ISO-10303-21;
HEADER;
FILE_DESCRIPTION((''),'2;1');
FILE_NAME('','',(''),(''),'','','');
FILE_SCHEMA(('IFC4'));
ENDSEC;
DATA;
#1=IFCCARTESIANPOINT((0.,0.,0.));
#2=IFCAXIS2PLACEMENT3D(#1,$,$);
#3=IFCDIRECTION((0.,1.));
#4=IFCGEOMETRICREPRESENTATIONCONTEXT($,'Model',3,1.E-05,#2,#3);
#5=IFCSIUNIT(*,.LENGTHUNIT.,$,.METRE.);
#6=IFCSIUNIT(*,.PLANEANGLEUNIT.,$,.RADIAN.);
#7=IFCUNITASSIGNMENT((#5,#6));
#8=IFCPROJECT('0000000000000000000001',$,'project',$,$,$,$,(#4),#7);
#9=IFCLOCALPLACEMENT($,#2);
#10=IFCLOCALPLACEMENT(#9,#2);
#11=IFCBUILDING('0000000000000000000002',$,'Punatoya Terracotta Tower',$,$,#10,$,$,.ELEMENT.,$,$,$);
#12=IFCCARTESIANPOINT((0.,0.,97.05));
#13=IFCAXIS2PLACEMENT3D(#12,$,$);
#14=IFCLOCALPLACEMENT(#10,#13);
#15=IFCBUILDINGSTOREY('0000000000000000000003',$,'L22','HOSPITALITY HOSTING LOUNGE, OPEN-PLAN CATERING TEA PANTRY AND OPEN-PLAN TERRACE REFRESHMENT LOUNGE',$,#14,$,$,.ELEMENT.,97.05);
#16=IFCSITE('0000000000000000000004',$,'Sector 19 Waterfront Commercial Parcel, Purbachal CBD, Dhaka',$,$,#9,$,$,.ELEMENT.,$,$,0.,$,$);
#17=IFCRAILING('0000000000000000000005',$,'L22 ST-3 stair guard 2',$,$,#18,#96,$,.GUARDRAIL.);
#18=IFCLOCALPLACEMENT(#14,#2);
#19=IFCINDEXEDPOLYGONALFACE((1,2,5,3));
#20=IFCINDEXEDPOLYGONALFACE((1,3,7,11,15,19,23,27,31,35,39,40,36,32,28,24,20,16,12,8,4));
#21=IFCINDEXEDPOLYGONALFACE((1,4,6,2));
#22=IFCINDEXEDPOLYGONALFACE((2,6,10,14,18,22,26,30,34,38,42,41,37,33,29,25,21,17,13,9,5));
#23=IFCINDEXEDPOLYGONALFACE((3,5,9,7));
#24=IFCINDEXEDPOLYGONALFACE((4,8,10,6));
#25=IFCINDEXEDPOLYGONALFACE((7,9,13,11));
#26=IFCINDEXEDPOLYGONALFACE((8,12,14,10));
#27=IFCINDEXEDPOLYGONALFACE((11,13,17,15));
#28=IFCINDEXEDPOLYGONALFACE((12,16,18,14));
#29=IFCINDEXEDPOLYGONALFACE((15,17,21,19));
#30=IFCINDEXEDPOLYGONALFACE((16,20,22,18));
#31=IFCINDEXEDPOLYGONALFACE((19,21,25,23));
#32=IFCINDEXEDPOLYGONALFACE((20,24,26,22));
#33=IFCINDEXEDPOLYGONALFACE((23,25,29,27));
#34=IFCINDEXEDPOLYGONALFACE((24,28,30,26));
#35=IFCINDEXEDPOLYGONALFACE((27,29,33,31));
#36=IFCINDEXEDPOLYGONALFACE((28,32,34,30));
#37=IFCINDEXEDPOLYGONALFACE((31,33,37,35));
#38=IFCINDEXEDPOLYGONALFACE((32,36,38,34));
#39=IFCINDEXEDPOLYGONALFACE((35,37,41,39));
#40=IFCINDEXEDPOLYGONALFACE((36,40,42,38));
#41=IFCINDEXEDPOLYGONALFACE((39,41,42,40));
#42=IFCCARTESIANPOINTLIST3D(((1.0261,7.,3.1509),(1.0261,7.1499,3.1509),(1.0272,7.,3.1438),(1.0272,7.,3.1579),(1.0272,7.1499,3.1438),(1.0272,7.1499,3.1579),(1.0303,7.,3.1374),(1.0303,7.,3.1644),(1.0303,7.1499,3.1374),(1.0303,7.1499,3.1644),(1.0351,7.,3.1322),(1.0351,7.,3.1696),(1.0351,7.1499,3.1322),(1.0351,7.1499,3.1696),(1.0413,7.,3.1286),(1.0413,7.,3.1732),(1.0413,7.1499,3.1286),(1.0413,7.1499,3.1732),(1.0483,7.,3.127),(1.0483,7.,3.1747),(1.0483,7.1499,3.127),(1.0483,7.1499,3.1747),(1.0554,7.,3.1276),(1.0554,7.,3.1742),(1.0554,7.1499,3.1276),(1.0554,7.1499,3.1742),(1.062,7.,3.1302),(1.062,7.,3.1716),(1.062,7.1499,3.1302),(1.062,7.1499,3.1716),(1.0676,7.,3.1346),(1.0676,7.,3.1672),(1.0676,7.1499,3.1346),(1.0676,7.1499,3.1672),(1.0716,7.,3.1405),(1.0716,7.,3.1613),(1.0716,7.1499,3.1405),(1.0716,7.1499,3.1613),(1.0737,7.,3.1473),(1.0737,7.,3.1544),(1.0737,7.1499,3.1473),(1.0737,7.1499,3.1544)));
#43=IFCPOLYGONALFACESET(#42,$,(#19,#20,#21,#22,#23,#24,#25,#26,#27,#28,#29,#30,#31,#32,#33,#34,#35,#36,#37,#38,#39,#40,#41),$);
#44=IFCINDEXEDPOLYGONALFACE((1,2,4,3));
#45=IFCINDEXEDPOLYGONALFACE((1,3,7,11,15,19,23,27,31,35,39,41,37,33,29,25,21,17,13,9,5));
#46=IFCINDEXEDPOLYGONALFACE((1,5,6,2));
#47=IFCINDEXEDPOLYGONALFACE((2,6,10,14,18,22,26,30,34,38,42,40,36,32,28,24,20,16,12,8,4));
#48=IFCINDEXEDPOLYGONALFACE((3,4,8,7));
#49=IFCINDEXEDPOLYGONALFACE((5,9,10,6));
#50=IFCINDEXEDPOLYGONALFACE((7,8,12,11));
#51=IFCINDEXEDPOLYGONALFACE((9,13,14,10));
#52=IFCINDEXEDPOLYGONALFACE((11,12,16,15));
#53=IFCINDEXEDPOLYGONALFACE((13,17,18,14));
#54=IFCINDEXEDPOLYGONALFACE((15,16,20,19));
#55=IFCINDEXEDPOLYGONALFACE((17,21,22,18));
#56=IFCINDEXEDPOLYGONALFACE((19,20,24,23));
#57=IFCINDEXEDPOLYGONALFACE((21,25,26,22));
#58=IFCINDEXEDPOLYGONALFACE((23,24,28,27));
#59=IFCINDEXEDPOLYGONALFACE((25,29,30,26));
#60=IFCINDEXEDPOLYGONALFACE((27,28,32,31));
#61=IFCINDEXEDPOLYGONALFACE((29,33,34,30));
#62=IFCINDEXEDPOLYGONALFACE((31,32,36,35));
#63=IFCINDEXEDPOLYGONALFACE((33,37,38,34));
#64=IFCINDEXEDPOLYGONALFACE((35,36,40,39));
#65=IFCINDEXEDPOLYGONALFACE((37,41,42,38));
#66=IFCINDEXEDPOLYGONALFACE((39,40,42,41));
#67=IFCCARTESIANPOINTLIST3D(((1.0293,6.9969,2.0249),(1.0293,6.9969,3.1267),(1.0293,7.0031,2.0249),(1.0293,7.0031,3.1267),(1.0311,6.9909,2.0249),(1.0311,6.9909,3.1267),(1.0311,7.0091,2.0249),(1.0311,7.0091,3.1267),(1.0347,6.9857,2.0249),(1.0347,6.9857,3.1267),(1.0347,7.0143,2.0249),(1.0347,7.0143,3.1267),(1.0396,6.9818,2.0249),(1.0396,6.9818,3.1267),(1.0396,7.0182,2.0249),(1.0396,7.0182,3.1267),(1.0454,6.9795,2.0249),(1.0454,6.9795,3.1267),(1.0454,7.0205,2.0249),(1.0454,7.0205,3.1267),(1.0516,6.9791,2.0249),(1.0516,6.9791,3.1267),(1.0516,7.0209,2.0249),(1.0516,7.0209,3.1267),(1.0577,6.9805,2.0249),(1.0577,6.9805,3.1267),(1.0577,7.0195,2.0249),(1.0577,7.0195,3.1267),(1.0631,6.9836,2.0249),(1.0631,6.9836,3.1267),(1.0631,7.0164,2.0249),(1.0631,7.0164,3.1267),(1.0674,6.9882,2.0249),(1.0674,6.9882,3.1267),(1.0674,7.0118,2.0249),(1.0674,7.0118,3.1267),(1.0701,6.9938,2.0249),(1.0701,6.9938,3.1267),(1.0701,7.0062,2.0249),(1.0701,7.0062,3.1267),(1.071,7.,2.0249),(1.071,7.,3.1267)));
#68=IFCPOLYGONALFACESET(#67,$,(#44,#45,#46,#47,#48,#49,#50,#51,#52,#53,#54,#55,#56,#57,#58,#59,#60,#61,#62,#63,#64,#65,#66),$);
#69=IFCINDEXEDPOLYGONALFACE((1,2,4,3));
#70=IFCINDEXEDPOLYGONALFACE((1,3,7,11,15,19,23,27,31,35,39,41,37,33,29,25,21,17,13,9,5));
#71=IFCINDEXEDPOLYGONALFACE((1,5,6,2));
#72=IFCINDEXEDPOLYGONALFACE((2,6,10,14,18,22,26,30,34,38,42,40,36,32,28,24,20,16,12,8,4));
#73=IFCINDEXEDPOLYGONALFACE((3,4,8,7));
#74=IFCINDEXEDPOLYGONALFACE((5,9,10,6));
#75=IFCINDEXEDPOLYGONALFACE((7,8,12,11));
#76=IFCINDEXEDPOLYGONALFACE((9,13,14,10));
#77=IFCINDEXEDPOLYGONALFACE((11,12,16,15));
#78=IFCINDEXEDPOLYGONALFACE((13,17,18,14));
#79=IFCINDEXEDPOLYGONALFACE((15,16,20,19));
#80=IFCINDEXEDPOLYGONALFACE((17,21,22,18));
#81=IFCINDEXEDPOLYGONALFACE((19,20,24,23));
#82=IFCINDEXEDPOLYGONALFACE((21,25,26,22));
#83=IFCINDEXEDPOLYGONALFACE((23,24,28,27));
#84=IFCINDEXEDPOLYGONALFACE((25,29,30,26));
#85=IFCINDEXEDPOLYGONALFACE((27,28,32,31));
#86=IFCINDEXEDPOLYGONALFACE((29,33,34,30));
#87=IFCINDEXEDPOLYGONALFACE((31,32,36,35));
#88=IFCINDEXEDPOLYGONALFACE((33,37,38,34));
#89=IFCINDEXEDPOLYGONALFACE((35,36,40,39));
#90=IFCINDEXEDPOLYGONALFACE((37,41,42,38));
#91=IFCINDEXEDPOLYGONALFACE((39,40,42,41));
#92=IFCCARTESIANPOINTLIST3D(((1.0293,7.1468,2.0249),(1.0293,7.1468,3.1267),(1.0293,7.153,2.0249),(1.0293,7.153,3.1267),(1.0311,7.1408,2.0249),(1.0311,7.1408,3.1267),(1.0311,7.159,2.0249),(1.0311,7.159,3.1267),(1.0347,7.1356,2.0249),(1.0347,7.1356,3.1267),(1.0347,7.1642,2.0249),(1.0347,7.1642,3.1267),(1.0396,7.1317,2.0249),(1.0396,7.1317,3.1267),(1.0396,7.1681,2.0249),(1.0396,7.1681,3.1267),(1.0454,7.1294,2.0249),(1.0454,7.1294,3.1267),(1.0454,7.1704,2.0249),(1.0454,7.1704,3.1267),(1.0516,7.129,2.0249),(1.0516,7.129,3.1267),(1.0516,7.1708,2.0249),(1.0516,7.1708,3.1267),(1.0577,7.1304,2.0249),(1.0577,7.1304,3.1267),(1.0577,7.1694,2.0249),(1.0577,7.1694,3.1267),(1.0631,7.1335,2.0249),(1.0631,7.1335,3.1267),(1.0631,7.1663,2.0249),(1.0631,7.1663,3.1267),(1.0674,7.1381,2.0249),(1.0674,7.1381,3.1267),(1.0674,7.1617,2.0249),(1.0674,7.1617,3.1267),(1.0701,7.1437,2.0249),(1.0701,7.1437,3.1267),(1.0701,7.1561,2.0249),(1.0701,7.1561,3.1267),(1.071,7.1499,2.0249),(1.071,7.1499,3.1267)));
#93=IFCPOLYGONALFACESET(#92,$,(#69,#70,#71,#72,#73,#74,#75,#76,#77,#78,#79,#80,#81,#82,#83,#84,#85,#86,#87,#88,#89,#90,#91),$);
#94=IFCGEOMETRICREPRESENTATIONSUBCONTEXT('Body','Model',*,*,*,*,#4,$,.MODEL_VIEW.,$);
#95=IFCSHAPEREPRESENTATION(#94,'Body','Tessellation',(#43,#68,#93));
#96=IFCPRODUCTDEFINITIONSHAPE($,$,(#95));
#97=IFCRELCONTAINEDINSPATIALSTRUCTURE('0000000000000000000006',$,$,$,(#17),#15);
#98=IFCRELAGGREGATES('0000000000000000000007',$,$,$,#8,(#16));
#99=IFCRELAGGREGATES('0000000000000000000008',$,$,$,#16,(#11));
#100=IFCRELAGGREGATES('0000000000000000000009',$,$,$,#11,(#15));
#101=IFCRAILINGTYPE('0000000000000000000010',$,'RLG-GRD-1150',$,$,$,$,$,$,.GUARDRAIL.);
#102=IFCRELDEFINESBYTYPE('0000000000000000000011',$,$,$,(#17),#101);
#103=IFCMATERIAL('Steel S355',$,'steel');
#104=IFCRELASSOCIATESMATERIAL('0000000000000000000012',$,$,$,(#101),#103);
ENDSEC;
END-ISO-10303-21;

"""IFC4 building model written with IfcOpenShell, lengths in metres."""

from ifc_helpers import new_model, si_unit, direction, frame, origin, origin_2d, place, context, subcontext, project, spatial, circle, extrude, material, type_object, element, save


model = new_model("IFC4")

# Units and contexts
model_context = context("Model", 3, precision=1e-05, world=origin(), true_north=direction((0.0, 1.0)))
body_context = subcontext(model_context, "Body", "Model", "MODEL_VIEW")
ifc_project = project(units=[si_unit("LENGTHUNIT", "METRE"), si_unit("PLANEANGLEUNIT", "RADIAN")], contexts=[model_context])

# Site, building, storey
site_placement = place(None, origin())
site = spatial("IfcSite", under=ifc_project, at=site_placement, Name="Sector 19 Waterfront Commercial Parcel, Purbachal CBD, Dhaka", CompositionType="ELEMENT", RefElevation=0.0)
building_placement = place(site_placement, origin())
building = spatial("IfcBuilding", under=site, at=building_placement, Name="Punatoya Terracotta Tower", CompositionType="ELEMENT")
storey_placement = place(building_placement, frame((0.0, 0.0, 97.05)))
storey = spatial("IfcBuildingStorey", under=building, at=storey_placement, Name="L22", Description="HOSPITALITY HOSTING LOUNGE, OPEN-PLAN CATERING TEA PANTRY AND OPEN-PLAN TERRACE REFRESHMENT LOUNGE", CompositionType="ELEMENT", Elevation=97.05)

# Shared definitions
ifc_material_1 = material(Name="Steel S355", Category="steel")

# Railing
railing_type_1 = type_object("IfcRailingType", Name="RLG-GRD-1150", PredefinedType="GUARDRAIL", material=ifc_material_1)
railing_1_placement = place(storey_placement, frame((1.05, 7.0, 2.0249)))
element("IfcRailing", 1, at=railing_1_placement, inside=storey, type_object=railing_type_1, Name="L22 ST-3 stair guard 2", PredefinedType="GUARDRAIL", context=body_context, shape_type="SweptSolid", body=[
    extrude(circle(Radius=0.0239, at=origin_2d()), frame((0.0, 0.0, 1.126), z_axis=(0.0, 1.0, 0.0), x_axis=(-1.0, 0.0, 0.0)), (0.0, 0.0, 1.0), 0.1499),
    extrude(circle(Radius=0.021, at=origin_2d()), origin(), (0.0, 0.0, 1.0), 1.1018),
    extrude(circle(Radius=0.021, at=origin_2d()), frame((0.0, 0.1499, 0.0)), (0.0, 0.0, 1.0), 1.1018),
])

save(model, "model.ifc")
